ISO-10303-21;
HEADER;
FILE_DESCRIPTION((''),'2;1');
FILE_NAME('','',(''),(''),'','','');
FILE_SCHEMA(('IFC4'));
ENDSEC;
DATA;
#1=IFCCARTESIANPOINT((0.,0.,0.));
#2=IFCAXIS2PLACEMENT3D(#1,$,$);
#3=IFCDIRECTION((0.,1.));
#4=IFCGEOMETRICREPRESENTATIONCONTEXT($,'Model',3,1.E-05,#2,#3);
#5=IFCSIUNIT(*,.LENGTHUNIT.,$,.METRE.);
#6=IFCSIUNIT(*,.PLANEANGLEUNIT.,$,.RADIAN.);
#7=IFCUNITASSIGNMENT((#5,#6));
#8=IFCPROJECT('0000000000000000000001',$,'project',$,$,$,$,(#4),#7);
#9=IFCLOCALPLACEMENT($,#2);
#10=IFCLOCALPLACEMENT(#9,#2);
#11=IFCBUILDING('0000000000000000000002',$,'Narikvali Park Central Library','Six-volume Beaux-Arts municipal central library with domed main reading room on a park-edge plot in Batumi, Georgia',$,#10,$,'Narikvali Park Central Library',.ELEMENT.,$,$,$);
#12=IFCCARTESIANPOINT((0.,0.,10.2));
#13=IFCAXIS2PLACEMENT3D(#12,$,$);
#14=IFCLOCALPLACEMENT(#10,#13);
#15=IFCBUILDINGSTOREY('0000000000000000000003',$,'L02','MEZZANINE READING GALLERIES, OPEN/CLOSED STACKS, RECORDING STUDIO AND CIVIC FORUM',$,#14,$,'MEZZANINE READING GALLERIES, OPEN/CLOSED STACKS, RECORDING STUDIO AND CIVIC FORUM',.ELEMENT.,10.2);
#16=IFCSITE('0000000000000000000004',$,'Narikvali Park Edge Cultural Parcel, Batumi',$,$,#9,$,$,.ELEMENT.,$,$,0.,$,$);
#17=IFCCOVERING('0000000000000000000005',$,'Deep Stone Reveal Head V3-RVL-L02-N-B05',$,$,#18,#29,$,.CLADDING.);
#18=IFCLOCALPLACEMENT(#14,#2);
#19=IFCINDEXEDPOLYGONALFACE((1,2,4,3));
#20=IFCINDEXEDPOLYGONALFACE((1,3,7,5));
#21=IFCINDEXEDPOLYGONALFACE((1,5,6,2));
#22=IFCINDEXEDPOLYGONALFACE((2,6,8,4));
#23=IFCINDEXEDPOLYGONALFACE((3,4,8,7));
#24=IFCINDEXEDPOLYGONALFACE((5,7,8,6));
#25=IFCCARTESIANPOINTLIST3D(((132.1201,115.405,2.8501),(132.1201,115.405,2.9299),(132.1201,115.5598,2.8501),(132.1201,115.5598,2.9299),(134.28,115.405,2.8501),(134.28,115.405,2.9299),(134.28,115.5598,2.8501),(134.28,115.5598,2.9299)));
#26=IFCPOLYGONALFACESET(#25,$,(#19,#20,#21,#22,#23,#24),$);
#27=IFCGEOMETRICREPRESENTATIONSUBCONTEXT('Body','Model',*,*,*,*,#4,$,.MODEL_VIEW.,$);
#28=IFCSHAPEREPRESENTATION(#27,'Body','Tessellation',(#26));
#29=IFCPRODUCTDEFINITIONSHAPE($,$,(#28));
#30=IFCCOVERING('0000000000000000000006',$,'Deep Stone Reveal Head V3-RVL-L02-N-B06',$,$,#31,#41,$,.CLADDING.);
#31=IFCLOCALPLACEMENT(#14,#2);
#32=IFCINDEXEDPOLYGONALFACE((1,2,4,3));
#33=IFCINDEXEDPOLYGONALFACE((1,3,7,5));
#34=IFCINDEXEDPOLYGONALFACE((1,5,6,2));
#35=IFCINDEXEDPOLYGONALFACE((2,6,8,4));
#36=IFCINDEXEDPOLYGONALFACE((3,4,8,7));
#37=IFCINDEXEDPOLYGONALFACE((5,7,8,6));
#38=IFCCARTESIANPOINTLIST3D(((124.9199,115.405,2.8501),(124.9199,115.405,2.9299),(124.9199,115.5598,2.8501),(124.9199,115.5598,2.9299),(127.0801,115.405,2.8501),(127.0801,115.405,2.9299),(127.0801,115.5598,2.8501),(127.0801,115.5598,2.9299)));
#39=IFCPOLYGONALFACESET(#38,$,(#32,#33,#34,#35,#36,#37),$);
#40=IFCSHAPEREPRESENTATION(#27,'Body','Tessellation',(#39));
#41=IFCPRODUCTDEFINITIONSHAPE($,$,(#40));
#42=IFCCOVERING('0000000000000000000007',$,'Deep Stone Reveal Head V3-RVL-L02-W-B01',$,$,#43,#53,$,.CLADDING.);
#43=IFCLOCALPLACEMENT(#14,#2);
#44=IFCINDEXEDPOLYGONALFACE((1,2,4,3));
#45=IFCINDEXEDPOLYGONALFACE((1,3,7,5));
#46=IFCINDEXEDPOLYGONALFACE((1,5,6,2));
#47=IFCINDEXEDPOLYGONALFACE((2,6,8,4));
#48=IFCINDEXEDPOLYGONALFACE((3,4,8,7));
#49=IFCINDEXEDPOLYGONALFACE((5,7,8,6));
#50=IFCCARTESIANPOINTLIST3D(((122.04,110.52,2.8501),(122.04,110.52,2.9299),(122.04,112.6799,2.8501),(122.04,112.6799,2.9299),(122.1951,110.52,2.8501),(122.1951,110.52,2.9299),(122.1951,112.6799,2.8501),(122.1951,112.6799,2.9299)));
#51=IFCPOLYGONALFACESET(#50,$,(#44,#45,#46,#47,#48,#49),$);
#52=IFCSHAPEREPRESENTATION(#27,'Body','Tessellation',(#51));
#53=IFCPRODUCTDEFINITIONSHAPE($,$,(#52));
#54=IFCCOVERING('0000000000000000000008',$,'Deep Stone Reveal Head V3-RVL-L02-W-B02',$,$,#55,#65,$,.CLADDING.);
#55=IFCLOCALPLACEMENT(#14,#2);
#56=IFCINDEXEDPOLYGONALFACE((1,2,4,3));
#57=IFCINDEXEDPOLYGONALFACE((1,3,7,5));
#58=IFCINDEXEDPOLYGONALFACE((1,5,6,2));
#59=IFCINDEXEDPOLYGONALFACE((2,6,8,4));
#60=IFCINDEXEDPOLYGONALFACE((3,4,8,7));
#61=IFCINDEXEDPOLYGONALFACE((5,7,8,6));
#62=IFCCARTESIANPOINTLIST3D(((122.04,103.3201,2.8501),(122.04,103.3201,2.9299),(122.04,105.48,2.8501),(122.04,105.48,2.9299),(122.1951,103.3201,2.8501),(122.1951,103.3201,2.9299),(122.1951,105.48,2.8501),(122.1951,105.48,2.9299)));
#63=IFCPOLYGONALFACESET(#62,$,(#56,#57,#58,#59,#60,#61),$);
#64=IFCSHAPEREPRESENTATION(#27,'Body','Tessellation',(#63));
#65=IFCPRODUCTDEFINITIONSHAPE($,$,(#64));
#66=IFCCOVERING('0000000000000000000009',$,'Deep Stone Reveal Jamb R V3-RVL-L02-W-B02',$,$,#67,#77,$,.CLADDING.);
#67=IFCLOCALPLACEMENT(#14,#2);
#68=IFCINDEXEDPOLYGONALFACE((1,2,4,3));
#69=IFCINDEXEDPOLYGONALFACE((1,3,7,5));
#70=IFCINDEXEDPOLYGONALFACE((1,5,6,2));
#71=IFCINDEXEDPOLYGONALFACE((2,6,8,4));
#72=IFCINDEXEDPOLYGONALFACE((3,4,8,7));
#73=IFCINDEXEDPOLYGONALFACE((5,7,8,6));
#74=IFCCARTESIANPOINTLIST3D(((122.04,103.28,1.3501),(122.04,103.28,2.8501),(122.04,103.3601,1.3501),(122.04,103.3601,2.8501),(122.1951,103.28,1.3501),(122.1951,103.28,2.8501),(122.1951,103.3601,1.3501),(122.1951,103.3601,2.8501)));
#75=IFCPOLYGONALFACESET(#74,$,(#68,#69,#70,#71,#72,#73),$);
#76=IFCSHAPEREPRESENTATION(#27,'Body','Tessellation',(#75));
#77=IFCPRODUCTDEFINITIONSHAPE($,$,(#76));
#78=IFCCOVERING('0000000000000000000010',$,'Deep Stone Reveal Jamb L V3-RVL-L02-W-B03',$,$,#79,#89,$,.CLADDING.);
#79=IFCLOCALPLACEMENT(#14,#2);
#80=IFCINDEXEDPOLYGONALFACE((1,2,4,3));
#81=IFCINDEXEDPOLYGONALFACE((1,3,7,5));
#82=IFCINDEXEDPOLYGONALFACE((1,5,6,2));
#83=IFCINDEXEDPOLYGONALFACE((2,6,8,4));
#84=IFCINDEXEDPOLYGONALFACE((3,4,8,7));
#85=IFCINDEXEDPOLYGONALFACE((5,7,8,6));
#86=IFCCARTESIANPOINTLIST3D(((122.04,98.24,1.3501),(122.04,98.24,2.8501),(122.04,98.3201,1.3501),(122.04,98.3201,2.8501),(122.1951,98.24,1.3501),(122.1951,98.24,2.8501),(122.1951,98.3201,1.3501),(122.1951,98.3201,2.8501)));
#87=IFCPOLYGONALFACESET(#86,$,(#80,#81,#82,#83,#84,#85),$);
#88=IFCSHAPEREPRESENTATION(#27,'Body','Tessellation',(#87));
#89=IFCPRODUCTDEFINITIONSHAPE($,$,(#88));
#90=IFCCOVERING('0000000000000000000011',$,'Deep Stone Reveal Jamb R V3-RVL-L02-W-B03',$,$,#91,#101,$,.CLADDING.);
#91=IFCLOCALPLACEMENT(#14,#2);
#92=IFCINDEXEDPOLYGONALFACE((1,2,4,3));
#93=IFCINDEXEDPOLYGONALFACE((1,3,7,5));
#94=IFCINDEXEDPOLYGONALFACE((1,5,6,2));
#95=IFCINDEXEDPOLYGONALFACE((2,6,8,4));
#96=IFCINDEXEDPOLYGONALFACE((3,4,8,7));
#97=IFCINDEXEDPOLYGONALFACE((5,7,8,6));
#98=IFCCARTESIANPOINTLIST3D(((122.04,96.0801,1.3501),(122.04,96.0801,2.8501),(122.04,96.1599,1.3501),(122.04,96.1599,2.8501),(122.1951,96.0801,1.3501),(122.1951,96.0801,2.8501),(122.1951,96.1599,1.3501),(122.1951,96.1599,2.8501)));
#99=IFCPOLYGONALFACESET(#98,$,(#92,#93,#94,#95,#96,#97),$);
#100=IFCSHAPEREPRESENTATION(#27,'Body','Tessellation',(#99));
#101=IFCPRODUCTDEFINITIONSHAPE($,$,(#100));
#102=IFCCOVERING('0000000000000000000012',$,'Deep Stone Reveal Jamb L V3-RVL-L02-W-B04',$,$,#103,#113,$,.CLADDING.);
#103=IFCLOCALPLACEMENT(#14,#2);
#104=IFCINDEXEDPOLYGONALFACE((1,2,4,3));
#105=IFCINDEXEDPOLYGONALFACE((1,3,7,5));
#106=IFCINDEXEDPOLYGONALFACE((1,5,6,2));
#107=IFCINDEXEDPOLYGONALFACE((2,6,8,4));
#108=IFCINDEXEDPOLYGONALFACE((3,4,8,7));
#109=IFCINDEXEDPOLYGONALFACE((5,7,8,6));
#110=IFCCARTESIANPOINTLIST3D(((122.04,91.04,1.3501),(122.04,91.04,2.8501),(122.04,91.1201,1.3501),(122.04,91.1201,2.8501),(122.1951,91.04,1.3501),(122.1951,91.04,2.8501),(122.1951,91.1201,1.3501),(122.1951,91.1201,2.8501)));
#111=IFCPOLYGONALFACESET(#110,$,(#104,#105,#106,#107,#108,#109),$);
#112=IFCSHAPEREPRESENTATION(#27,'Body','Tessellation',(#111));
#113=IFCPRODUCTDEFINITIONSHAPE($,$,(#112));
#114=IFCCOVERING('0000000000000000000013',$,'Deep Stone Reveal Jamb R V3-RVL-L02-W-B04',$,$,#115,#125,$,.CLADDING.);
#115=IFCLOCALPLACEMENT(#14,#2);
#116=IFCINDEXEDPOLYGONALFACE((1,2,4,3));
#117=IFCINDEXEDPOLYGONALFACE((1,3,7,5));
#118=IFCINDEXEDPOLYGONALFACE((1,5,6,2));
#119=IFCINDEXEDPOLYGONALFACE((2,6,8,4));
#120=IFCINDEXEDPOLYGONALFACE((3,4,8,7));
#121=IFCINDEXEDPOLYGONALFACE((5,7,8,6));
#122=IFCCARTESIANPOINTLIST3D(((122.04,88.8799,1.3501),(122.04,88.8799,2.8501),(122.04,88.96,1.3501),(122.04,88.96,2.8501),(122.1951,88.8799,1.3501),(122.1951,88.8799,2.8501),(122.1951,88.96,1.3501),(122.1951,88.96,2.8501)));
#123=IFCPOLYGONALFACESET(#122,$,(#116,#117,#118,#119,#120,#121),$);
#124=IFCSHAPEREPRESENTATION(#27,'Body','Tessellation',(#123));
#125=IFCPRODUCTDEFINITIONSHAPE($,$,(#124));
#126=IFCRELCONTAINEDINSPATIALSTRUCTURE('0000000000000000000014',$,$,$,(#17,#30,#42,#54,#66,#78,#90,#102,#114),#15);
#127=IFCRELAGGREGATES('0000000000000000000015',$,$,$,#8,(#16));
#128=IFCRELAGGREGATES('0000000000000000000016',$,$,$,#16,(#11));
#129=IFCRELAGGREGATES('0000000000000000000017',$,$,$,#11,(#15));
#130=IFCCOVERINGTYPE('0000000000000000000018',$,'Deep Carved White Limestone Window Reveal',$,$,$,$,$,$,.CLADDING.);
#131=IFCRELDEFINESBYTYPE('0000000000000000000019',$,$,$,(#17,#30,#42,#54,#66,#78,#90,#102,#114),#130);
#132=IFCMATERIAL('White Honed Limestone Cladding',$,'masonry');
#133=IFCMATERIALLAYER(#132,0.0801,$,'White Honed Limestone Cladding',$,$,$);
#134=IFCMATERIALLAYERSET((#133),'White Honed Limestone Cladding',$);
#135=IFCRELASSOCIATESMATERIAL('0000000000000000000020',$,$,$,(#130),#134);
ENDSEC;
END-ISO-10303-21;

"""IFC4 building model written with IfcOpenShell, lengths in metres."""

from ifc_helpers import new_model, si_unit, direction, frame, origin, place, context, subcontext, project, spatial, polyline, outline, extrude, material, layer, layer_set, type_object, element, save


model = new_model("IFC4")

# Units and contexts
model_context = context("Model", 3, precision=1e-05, world=origin(), true_north=direction((0.0, 1.0)))
body_context = subcontext(model_context, "Body", "Model", "MODEL_VIEW")
ifc_project = project(units=[si_unit("LENGTHUNIT", "METRE"), si_unit("PLANEANGLEUNIT", "RADIAN")], contexts=[model_context])

# Site, building, storey
site_placement = place(None, origin())
site = spatial("IfcSite", under=ifc_project, at=site_placement, Name="Narikvali Park Edge Cultural Parcel, Batumi", CompositionType="ELEMENT", RefElevation=0.0)
building_placement = place(site_placement, origin())
building = spatial("IfcBuilding", under=site, at=building_placement, Name="Narikvali Park Central Library", Description="Six-volume Beaux-Arts municipal central library with domed main reading room on a park-edge plot in Batumi, Georgia", LongName="Narikvali Park Central Library", CompositionType="ELEMENT")
storey_placement = place(building_placement, frame((0.0, 0.0, 10.2)))
storey = spatial("IfcBuildingStorey", under=building, at=storey_placement, Name="L02", Description="MEZZANINE READING GALLERIES, OPEN/CLOSED STACKS, RECORDING STUDIO AND CIVIC FORUM", LongName="MEZZANINE READING GALLERIES, OPEN/CLOSED STACKS, RECORDING STUDIO AND CIVIC FORUM", CompositionType="ELEMENT", Elevation=10.2)

# Coverings
ifc_material = material(Name="White Honed Limestone Cladding", Category="masonry")
ifc_layer = layer(ifc_material, 0.0801, Name="White Honed Limestone Cladding")
ifc_layer_set = layer_set([ifc_layer], Name="White Honed Limestone Cladding")
covering_type = type_object("IfcCoveringType", Name="Deep Carved White Limestone Window Reveal", PredefinedType="CLADDING", material=ifc_layer_set)
covering_1_placement = place(storey_placement, frame((0.0, 0.0, 2.8501)))
element("IfcCovering", 1, at=covering_1_placement, inside=storey, type_object=covering_type, Name="Deep Stone Reveal Head V3-RVL-L02-N-B05", PredefinedType="CLADDING", context=body_context, shape_type="SweptSolid", body=[
    extrude(outline(polyline([(134.28, 115.405), (132.1201, 115.405), (132.1201, 115.5598), (134.28, 115.5598), (134.28, 115.405)])), origin(), (0.0, 0.0, 1.0), 0.0798),
])
covering_2_placement = place(storey_placement, frame((0.0, 0.0, 2.8501)))
element("IfcCovering", 2, at=covering_2_placement, inside=storey, type_object=covering_type, Name="Deep Stone Reveal Head V3-RVL-L02-N-B06", PredefinedType="CLADDING", context=body_context, shape_type="SweptSolid", body=[
    extrude(outline(polyline([(127.0801, 115.405), (124.9199, 115.405), (124.9199, 115.5598), (127.0801, 115.5598), (127.0801, 115.405)])), origin(), (0.0, 0.0, 1.0), 0.0798),
])
covering_3_placement = place(storey_placement, frame((0.0, 0.0, 2.8501)))
element("IfcCovering", 3, at=covering_3_placement, inside=storey, type_object=covering_type, Name="Deep Stone Reveal Head V3-RVL-L02-W-B01", PredefinedType="CLADDING", context=body_context, shape_type="SweptSolid", body=[
    extrude(outline(polyline([(122.1951, 112.6799), (122.1951, 110.52), (122.04, 110.52), (122.04, 112.6799), (122.1951, 112.6799)])), origin(), (0.0, 0.0, 1.0), 0.0798),
])
covering_4_placement = place(storey_placement, frame((0.0, 0.0, 2.8501)))
element("IfcCovering", 4, at=covering_4_placement, inside=storey, type_object=covering_type, Name="Deep Stone Reveal Head V3-RVL-L02-W-B02", PredefinedType="CLADDING", context=body_context, shape_type="SweptSolid", body=[
    extrude(outline(polyline([(122.1951, 105.48), (122.1951, 103.3201), (122.04, 103.3201), (122.04, 105.48), (122.1951, 105.48)])), origin(), (0.0, 0.0, 1.0), 0.0798),
])
covering_5_placement = place(storey_placement, frame((0.0, 0.0, 1.3501)))
element("IfcCovering", 5, at=covering_5_placement, inside=storey, type_object=covering_type, Name="Deep Stone Reveal Jamb R V3-RVL-L02-W-B02", PredefinedType="CLADDING", context=body_context, shape_type="SweptSolid", body=[
    extrude(outline(polyline([(122.1951, 103.3601), (122.1951, 103.28), (122.04, 103.28), (122.04, 103.3601), (122.1951, 103.3601)])), origin(), (0.0, 0.0, 1.0), 1.5),
])
covering_6_placement = place(storey_placement, frame((0.0, 0.0, 1.3501)))
element("IfcCovering", 6, at=covering_6_placement, inside=storey, type_object=covering_type, Name="Deep Stone Reveal Jamb L V3-RVL-L02-W-B03", PredefinedType="CLADDING", context=body_context, shape_type="SweptSolid", body=[
    extrude(outline(polyline([(122.1951, 98.3201), (122.1951, 98.24), (122.04, 98.24), (122.04, 98.3201), (122.1951, 98.3201)])), origin(), (0.0, 0.0, 1.0), 1.5),
])
covering_7_placement = place(storey_placement, frame((0.0, 0.0, 1.3501)))
element("IfcCovering", 7, at=covering_7_placement, inside=storey, type_object=covering_type, Name="Deep Stone Reveal Jamb R V3-RVL-L02-W-B03", PredefinedType="CLADDING", context=body_context, shape_type="SweptSolid", body=[
    extrude(outline(polyline([(122.1951, 96.1599), (122.1951, 96.0801), (122.04, 96.0801), (122.04, 96.1599), (122.1951, 96.1599)])), origin(), (0.0, 0.0, 1.0), 1.5),
])
covering_8_placement = place(storey_placement, frame((0.0, 0.0, 1.3501)))
element("IfcCovering", 8, at=covering_8_placement, inside=storey, type_object=covering_type, Name="Deep Stone Reveal Jamb L V3-RVL-L02-W-B04", PredefinedType="CLADDING", context=body_context, shape_type="SweptSolid", body=[
    extrude(outline(polyline([(122.1951, 91.1201), (122.1951, 91.04), (122.04, 91.04), (122.04, 91.1201), (122.1951, 91.1201)])), origin(), (0.0, 0.0, 1.0), 1.5),
])
covering_9_placement = place(storey_placement, frame((0.0, 0.0, 1.3501)))
element("IfcCovering", 9, at=covering_9_placement, inside=storey, type_object=covering_type, Name="Deep Stone Reveal Jamb R V3-RVL-L02-W-B04", PredefinedType="CLADDING", context=body_context, shape_type="SweptSolid", body=[
    extrude(outline(polyline([(122.1951, 88.96), (122.1951, 88.8799), (122.04, 88.8799), (122.04, 88.96), (122.1951, 88.96)])), origin(), (0.0, 0.0, 1.0), 1.5),
])

save(model, "model.ifc")
